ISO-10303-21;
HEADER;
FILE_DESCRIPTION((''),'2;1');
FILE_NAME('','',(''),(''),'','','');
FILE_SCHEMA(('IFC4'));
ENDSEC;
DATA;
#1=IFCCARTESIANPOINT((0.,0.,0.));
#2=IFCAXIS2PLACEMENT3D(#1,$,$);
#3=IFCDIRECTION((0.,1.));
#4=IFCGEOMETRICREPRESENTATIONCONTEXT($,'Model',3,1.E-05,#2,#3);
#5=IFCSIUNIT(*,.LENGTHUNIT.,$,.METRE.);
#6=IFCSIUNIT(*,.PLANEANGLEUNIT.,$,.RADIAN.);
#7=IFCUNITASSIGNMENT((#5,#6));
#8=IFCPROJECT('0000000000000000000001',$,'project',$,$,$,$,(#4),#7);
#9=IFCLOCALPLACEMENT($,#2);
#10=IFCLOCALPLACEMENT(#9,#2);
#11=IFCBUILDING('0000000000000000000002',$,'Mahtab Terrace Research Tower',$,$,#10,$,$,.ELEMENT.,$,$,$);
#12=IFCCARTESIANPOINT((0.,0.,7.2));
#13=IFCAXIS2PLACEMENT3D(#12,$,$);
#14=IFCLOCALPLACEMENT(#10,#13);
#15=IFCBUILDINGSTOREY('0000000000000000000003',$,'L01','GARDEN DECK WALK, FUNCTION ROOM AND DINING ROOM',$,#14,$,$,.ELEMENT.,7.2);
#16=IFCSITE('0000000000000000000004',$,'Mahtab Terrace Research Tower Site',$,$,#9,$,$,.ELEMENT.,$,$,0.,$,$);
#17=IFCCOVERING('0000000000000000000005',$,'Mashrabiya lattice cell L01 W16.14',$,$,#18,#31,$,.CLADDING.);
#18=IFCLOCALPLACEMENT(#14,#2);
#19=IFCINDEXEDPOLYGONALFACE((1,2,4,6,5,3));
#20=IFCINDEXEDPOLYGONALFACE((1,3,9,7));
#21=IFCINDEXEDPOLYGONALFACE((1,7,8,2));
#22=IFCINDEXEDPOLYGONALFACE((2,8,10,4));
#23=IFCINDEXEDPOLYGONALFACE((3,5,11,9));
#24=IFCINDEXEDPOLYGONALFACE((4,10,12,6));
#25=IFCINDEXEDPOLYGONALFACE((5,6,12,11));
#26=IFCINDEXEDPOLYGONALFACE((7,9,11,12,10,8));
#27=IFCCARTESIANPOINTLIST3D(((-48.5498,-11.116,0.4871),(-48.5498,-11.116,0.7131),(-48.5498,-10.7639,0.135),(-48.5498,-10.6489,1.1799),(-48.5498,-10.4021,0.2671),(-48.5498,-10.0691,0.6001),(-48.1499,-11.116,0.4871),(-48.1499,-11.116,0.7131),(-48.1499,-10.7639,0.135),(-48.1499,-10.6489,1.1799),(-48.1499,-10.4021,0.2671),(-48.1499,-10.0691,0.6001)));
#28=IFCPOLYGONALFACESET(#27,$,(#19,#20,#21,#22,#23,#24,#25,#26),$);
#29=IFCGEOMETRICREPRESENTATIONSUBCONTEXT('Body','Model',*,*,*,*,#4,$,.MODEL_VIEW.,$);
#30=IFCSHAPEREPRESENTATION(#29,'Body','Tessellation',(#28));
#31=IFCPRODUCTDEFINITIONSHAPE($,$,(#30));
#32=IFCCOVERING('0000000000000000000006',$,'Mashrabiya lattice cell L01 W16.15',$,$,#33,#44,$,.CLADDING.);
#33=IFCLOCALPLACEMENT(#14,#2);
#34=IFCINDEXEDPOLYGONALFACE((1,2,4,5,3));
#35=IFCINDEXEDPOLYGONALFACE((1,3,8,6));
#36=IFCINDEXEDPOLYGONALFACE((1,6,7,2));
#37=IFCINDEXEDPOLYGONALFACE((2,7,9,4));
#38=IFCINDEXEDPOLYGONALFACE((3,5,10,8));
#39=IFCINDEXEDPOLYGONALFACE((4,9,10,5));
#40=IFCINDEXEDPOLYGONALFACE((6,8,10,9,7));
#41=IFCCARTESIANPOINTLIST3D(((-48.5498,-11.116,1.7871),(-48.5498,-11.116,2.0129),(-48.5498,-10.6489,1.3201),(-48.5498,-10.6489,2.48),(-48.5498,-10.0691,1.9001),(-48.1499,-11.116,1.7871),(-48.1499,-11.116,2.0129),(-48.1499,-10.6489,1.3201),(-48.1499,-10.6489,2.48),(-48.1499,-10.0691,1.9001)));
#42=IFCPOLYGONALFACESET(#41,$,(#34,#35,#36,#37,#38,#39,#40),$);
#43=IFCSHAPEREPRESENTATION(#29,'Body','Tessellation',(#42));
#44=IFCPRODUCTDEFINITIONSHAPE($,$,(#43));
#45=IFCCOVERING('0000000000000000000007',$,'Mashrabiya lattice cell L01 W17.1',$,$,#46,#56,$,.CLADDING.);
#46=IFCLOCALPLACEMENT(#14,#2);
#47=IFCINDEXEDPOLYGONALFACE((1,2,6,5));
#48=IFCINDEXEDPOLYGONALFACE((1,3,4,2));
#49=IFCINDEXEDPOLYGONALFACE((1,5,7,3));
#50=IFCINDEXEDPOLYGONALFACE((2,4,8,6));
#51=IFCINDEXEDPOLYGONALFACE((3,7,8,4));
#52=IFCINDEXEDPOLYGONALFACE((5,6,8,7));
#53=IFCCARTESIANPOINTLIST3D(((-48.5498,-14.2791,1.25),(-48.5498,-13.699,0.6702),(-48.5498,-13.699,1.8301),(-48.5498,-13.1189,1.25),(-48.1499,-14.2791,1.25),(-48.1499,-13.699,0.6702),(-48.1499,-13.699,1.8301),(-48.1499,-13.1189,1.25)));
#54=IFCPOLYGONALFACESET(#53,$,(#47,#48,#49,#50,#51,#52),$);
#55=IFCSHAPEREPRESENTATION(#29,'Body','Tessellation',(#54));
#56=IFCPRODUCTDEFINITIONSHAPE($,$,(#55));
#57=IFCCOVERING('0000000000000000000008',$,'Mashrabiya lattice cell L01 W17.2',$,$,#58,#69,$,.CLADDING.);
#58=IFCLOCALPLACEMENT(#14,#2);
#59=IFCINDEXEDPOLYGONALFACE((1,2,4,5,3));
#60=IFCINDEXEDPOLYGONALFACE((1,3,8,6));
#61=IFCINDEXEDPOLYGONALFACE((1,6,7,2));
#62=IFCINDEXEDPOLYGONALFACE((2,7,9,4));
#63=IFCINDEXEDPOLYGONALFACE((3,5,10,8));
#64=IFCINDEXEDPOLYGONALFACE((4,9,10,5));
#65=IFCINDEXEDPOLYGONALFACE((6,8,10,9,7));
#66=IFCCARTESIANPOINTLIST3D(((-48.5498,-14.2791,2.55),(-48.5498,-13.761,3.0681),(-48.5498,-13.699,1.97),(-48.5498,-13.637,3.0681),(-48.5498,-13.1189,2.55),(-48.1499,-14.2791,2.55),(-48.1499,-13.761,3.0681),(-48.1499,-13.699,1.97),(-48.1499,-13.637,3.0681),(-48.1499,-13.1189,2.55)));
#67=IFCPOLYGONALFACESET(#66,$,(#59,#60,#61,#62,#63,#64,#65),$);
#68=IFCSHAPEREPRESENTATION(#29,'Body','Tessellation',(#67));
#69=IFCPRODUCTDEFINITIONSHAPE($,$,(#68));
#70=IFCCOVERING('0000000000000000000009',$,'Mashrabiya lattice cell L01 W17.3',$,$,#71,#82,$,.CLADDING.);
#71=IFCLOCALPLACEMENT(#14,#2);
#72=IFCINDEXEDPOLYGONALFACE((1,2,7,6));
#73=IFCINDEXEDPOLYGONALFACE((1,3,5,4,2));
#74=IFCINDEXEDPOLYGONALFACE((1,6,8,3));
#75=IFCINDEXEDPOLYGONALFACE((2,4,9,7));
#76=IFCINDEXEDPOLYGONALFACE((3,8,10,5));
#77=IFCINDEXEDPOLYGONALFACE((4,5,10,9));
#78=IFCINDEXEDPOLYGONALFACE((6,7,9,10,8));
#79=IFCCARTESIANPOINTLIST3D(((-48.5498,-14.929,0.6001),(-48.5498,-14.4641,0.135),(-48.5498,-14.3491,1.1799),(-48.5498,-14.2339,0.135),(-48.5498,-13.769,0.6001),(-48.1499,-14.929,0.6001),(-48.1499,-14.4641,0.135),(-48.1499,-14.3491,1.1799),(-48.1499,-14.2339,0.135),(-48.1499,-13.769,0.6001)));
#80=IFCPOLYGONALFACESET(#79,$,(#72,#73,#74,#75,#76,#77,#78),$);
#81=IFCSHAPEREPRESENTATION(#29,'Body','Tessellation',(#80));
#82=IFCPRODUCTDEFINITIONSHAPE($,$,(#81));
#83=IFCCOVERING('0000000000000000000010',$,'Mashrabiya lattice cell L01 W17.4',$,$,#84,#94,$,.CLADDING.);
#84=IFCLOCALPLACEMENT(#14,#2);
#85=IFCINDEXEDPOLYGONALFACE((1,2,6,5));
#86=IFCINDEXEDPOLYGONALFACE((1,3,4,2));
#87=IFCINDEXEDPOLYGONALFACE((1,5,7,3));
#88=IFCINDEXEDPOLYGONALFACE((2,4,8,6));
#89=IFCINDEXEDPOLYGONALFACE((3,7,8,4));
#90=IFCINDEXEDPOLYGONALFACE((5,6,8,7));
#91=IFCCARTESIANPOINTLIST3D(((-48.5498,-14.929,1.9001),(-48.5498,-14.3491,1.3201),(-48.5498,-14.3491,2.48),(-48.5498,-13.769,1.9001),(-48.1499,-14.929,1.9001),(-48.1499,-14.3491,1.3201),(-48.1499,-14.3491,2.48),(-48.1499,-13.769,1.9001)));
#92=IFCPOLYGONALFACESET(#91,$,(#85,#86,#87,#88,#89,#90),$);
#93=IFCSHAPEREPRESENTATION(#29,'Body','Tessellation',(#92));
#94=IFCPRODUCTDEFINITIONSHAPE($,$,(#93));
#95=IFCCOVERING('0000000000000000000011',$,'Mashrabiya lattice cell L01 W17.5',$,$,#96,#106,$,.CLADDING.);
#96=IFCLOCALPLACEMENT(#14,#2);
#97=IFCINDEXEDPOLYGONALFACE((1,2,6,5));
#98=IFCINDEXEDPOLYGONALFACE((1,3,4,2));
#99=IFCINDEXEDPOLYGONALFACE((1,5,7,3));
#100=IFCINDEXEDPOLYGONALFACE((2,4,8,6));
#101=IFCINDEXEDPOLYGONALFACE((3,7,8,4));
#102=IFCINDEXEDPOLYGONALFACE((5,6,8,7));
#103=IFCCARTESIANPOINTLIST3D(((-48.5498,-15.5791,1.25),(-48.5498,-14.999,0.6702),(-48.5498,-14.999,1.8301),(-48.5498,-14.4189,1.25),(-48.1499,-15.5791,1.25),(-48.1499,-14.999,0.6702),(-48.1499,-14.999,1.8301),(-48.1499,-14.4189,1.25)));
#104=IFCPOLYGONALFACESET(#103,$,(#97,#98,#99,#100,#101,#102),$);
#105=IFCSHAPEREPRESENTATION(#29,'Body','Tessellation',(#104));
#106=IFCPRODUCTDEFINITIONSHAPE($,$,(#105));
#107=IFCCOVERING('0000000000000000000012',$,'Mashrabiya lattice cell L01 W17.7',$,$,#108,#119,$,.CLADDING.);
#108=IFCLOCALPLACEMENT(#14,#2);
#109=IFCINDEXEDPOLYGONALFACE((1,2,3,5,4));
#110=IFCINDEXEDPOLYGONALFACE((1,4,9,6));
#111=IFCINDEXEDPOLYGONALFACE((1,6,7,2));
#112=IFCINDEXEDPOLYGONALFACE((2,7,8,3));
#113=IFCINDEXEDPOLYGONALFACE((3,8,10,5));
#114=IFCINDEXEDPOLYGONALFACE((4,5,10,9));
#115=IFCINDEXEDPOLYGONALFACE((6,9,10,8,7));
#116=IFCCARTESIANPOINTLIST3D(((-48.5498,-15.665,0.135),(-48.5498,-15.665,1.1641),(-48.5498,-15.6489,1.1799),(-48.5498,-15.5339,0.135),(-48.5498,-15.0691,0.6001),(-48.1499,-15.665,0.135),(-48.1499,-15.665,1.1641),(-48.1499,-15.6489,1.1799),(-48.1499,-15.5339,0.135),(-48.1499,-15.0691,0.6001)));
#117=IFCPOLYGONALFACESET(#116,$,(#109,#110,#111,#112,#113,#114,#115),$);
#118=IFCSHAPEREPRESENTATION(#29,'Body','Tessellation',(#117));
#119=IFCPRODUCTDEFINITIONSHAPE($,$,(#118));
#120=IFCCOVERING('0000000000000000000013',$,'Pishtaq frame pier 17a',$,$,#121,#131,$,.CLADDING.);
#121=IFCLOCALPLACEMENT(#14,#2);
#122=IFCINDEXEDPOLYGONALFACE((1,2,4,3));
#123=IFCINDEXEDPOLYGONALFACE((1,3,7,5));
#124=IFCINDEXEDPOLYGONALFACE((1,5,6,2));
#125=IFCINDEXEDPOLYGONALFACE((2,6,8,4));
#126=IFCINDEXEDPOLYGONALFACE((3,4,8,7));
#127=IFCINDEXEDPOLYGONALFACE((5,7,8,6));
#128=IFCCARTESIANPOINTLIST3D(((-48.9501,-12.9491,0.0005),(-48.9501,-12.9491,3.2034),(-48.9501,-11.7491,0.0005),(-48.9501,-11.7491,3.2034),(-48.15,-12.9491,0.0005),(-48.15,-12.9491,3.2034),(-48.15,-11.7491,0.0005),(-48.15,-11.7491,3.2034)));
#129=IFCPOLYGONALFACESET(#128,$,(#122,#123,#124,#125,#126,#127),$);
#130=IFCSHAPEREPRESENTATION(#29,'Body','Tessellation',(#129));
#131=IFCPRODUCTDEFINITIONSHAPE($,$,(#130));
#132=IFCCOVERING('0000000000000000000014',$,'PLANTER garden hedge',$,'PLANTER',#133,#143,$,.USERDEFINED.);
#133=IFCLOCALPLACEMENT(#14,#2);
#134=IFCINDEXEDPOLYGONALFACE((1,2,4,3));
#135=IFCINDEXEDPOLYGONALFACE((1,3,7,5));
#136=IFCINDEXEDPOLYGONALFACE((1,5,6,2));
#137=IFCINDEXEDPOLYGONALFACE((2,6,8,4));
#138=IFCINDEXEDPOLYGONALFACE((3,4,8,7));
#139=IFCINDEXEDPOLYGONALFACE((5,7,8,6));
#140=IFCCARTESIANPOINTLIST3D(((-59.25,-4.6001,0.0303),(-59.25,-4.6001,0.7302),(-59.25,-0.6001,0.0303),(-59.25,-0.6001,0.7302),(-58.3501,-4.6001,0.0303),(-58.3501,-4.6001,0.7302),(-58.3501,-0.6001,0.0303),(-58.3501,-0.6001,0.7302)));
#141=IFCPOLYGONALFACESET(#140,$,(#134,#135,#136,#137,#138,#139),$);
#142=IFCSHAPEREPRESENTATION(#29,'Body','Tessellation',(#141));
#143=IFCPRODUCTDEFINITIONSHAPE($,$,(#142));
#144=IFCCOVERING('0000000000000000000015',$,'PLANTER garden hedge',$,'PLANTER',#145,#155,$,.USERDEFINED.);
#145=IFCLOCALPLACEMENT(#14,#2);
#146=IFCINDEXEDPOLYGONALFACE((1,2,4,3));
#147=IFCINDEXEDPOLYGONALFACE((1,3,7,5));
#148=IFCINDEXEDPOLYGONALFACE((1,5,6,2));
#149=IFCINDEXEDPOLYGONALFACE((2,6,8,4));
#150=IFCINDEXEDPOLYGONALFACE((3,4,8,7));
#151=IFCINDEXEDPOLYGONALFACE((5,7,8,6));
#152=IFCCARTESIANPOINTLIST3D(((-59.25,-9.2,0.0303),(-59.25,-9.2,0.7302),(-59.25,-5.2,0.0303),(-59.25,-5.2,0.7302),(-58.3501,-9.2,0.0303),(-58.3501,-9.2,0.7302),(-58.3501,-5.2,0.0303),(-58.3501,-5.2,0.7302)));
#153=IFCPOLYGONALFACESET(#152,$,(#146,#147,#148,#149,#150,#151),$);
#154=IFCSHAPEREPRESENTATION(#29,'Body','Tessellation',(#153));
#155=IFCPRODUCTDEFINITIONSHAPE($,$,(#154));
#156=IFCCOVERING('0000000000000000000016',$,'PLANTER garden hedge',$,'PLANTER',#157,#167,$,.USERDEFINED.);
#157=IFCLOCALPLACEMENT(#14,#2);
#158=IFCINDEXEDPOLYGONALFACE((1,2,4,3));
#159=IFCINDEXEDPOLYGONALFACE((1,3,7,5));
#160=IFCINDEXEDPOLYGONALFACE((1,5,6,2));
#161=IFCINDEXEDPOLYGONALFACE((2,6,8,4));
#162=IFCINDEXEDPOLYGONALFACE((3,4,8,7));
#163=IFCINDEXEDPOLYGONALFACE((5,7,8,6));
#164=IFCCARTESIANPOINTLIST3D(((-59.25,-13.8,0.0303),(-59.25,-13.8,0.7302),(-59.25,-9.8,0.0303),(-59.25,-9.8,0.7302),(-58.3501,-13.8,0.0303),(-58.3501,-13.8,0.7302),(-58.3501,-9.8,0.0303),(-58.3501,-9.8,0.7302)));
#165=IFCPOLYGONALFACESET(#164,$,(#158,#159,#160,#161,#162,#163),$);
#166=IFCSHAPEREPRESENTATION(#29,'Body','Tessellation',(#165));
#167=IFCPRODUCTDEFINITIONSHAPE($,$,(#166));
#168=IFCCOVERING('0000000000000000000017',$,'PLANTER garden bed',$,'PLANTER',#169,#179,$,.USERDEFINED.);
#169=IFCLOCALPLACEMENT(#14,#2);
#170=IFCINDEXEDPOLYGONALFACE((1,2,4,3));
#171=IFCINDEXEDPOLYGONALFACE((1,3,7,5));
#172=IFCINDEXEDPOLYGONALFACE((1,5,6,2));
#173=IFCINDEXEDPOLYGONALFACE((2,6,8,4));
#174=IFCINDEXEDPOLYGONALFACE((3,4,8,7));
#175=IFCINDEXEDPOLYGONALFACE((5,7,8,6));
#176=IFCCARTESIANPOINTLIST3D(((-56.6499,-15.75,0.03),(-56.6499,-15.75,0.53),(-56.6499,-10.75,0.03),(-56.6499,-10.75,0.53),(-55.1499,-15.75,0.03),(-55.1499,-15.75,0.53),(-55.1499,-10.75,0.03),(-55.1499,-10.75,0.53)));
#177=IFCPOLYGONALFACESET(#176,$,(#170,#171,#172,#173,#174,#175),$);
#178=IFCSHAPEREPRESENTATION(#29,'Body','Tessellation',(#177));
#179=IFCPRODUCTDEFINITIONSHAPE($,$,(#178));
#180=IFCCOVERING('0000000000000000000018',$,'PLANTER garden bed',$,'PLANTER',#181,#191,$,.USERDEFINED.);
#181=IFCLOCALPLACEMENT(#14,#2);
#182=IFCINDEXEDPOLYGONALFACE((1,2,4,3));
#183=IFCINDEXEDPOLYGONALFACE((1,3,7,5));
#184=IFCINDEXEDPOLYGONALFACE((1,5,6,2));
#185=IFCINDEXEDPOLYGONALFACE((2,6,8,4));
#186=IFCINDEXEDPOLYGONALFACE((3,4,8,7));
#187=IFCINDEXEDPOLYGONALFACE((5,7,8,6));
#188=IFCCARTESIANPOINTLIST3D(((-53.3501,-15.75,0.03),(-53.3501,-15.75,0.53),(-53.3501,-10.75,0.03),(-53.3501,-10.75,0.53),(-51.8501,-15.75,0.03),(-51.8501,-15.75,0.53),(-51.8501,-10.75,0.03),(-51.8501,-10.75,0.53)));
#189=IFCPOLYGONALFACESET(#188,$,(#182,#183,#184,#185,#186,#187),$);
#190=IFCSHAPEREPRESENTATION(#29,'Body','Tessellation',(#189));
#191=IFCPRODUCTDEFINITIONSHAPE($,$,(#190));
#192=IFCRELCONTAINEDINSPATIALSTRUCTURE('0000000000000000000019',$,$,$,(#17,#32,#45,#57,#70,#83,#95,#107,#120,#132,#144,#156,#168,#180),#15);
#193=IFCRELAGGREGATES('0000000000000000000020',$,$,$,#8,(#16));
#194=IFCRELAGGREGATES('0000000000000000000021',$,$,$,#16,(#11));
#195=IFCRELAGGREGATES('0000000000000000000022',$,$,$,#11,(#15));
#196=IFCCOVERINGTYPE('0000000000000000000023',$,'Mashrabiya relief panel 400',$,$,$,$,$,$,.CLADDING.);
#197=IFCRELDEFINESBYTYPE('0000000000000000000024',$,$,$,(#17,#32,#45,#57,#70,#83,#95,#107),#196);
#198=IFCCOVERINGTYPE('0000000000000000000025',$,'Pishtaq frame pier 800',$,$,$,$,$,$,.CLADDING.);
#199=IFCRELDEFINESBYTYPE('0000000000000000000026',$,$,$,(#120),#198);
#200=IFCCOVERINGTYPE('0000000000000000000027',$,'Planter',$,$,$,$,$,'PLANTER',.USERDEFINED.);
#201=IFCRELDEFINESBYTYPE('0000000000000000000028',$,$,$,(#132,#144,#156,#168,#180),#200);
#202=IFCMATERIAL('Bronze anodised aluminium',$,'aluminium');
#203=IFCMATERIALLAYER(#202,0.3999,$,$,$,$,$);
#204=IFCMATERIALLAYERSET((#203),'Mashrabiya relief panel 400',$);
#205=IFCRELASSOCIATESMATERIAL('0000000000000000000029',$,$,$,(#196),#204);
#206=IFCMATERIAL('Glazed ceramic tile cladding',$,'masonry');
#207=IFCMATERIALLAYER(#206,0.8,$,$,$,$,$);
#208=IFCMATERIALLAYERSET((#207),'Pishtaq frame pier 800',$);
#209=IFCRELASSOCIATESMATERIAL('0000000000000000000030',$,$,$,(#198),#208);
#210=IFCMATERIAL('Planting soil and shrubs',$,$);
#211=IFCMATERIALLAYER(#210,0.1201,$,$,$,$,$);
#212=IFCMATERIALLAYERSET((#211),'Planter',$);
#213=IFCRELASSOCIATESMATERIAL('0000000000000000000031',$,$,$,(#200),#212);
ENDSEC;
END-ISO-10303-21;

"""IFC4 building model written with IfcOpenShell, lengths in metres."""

from ifc_helpers import new_model, si_unit, direction, frame, origin, origin_2d, place, context, subcontext, project, spatial, polyline, rectangle, outline, extrude, material, layer, layer_set, type_object, element, save


model = new_model("IFC4")

# Units and contexts
model_context = context("Model", 3, precision=1e-05, world=origin(), true_north=direction((0.0, 1.0)))
body_context = subcontext(model_context, "Body", "Model", "MODEL_VIEW")
ifc_project = project(units=[si_unit("LENGTHUNIT", "METRE"), si_unit("PLANEANGLEUNIT", "RADIAN")], contexts=[model_context])

# Site, building, storey
site_placement = place(None, origin())
site = spatial("IfcSite", under=ifc_project, at=site_placement, Name="Mahtab Terrace Research Tower Site", CompositionType="ELEMENT", RefElevation=0.0)
building_placement = place(site_placement, origin())
building = spatial("IfcBuilding", under=site, at=building_placement, Name="Mahtab Terrace Research Tower", CompositionType="ELEMENT")
storey_placement = place(building_placement, frame((0.0, 0.0, 7.2)))
storey = spatial("IfcBuildingStorey", under=building, at=storey_placement, Name="L01", Description="GARDEN DECK WALK, FUNCTION ROOM AND DINING ROOM", CompositionType="ELEMENT", Elevation=7.2)

# Coverings
ifc_material_1 = material(Name="Bronze anodised aluminium", Category="aluminium")
ifc_layer_1 = layer(ifc_material_1, 0.3999)
ifc_layer_set_1 = layer_set([ifc_layer_1], Name="Mashrabiya relief panel 400")
covering_type_1 = type_object("IfcCoveringType", Name="Mashrabiya relief panel 400", PredefinedType="CLADDING", material=ifc_layer_set_1)
covering_1_placement = place(storey_placement, frame((-48.1499, -10.0691, 0.6001), z_axis=(1.0, 0.0, 0.0), x_axis=(0.0, -0.707107, 0.707107)))
element("IfcCovering", 1, at=covering_1_placement, inside=storey, type_object=covering_type_1, Name="Mashrabiya lattice cell L01 W16.14", PredefinedType="CLADDING", context=body_context, shape_type="SweptSolid", body=[
    extrude(outline(polyline([(0.0, 0.0), (0.82, 0.0), (0.8202, 0.6603), (0.6603, 0.8202), (0.1624, 0.8202), (0.0, 0.4709), (0.0, 0.0)])), origin(), (0.0, 0.0, -1.0), 0.3999),
])
covering_2_placement = place(storey_placement, frame((-48.1499, -10.6489, 1.3201), z_axis=(1.0, 0.0, 0.0), x_axis=(0.0, 0.706958, 0.707256)))
element("IfcCovering", 2, at=covering_2_placement, inside=storey, type_object=covering_type_1, Name="Mashrabiya lattice cell L01 W16.15", PredefinedType="CLADDING", context=body_context, shape_type="SweptSolid", body=[
    extrude(outline(polyline([(0.0, 0.0), (0.8202, 0.0), (0.8204, 0.82), (0.1599, 0.8201), (0.0001, 0.6605), (0.0, 0.0)])), origin(), (0.0, 0.0, -1.0), 0.3999),
])
covering_3_placement = place(storey_placement, frame((-48.1499, -13.699, 1.8301), z_axis=(1.0, 0.0, 0.0), x_axis=(0.0, -0.707107, -0.707107)))
element("IfcCovering", 3, at=covering_3_placement, inside=storey, type_object=covering_type_1, Name="Mashrabiya lattice cell L01 W17.1", PredefinedType="CLADDING", context=body_context, shape_type="SweptSolid", body=[
    extrude(outline(polyline([(0.0, 0.0), (0.8204, 0.0), (0.8202, 0.8202), (0.0, 0.8204), (0.0, 0.0)])), origin(), (0.0, 0.0, -1.0), 0.3999),
])
covering_4_placement = place(storey_placement, frame((-48.1499, -14.2791, 2.55), z_axis=(1.0, 0.0, 0.0), x_axis=(0.0, 0.707107, -0.707107)))
element("IfcCovering", 4, at=covering_4_placement, inside=storey, type_object=covering_type_1, Name="Mashrabiya lattice cell L01 W17.2", PredefinedType="CLADDING", context=body_context, shape_type="SweptSolid", body=[
    extrude(outline(polyline([(0.0, 0.0), (0.8204, 0.0), (0.8204, 0.8204), (0.0877, 0.8204), (0.0, 0.7327), (0.0, 0.0)])), origin(), (0.0, 0.0, -1.0), 0.3999),
])
covering_5_placement = place(storey_placement, frame((-48.1499, -13.769, 0.6001), z_axis=(1.0, 0.0, 0.0), x_axis=(0.0, -0.707256, 0.706958)))
element("IfcCovering", 5, at=covering_5_placement, inside=storey, type_object=covering_type_1, Name="Mashrabiya lattice cell L01 W17.3", PredefinedType="CLADDING", context=body_context, shape_type="SweptSolid", body=[
    extrude(outline(polyline([(0.0, 0.0), (0.8202, 0.0), (0.8204, 0.82), (0.1628, 0.8203), (0.0, 0.6576), (0.0, 0.0)])), origin(), (0.0, 0.0, -1.0), 0.3999),
])
covering_6_placement = place(storey_placement, frame((-48.1499, -14.3491, 2.48), z_axis=(1.0, 0.0, 0.0), x_axis=(0.0, -0.707107, -0.707107)))
element("IfcCovering", 6, at=covering_6_placement, inside=storey, type_object=covering_type_1, Name="Mashrabiya lattice cell L01 W17.4", PredefinedType="CLADDING", context=body_context, shape_type="SweptSolid", body=[
    extrude(outline(polyline([(0.0, 0.0), (0.82, 0.0), (0.8202, 0.8202), (-0.0002, 0.8202), (0.0, 0.0)])), origin(), (0.0, 0.0, -1.0), 0.3999),
])
covering_7_placement = place(storey_placement, frame((-48.1499, -14.999, 1.8301), z_axis=(1.0, 0.0, 0.0), x_axis=(0.0, -0.707107, -0.707107)))
element("IfcCovering", 7, at=covering_7_placement, inside=storey, type_object=covering_type_1, Name="Mashrabiya lattice cell L01 W17.5", PredefinedType="CLADDING", context=body_context, shape_type="SweptSolid", body=[
    extrude(outline(polyline([(0.0, 0.0), (0.8204, 0.0), (0.8202, 0.8202), (0.0, 0.8204), (0.0, 0.0)])), origin(), (0.0, 0.0, -1.0), 0.3999),
])
covering_8_placement = place(storey_placement, frame((-48.1499, -15.0691, 0.6001), z_axis=(1.0, 0.0, 0.0), x_axis=(0.0, -0.707107, 0.707107)))
element("IfcCovering", 8, at=covering_8_placement, inside=storey, type_object=covering_type_1, Name="Mashrabiya lattice cell L01 W17.7", PredefinedType="CLADDING", context=body_context, shape_type="SweptSolid", body=[
    extrude(outline(polyline([(0.0, 0.0), (0.82, 0.0), (0.8202, 0.0226), (0.0925, 0.7503), (-0.0002, 0.6576), (0.0, 0.0)])), origin(), (0.0, 0.0, -1.0), 0.3999),
])
ifc_material_2 = material(Name="Glazed ceramic tile cladding", Category="masonry")
ifc_layer_2 = layer(ifc_material_2, 0.8)
ifc_layer_set_2 = layer_set([ifc_layer_2], Name="Pishtaq frame pier 800")
covering_type_2 = type_object("IfcCoveringType", Name="Pishtaq frame pier 800", PredefinedType="CLADDING", material=ifc_layer_set_2)
covering_9_placement = place(storey_placement, frame((-48.55, -12.3491, 0.0005), z_axis=(0.0, 0.0, 1.0), x_axis=(0.0, -1.0, 0.0)))
element("IfcCovering", 9, at=covering_9_placement, inside=storey, type_object=covering_type_2, Name="Pishtaq frame pier 17a", PredefinedType="CLADDING", context=body_context, shape_type="SweptSolid", body=[
    extrude(rectangle(XDim=1.2, YDim=0.8, at=origin_2d()), origin(), (0.0, 0.0, 1.0), 3.2029),
])
ifc_material_3 = material(Name="Planting soil and shrubs")
ifc_layer_3 = layer(ifc_material_3, 0.1201)
ifc_layer_set_3 = layer_set([ifc_layer_3], Name="Planter")
covering_type_3 = type_object("IfcCoveringType", Name="Planter", ElementType="PLANTER", PredefinedType="USERDEFINED", material=ifc_layer_set_3)
for number, where, z_axis, x_axis, name in (
    (10, (-58.8, -2.6001, 0.0303), (0.0, 0.0, 1.0), (0.0, -1.0, 0.0), "PLANTER garden hedge"),
    (11, (-58.8, -7.2, 0.0303), (0.0, 0.0, 1.0), (0.0, -1.0, 0.0), "PLANTER garden hedge"),
    (12, (-58.8, -11.8, 0.0303), (0.0, 0.0, 1.0), (0.0, -1.0, 0.0), "PLANTER garden hedge"),
):
    element("IfcCovering", number, at=place(storey_placement, frame(where, z_axis=z_axis, x_axis=x_axis)), inside=storey, type_object=covering_type_3, Name=name, ObjectType="PLANTER", PredefinedType="USERDEFINED", context=body_context, shape_type="SweptSolid", body=[
        extrude(rectangle(XDim=4.0, YDim=0.8999, at=origin_2d()), origin(), (0.0, 0.0, 1.0), 0.7),
    ])
for number, where, z_axis, x_axis, name in (
    (13, (-55.8999, -13.25, 0.03), (0.0, 0.0, 1.0), (1.0, 0.0, 0.0), "PLANTER garden bed"),
    (14, (-52.6001, -13.25, 0.03), (0.0, 0.0, 1.0), (1.0, 0.0, 0.0), "PLANTER garden bed"),
):
    element("IfcCovering", number, at=place(storey_placement, frame(where, z_axis=z_axis, x_axis=x_axis)), inside=storey, type_object=covering_type_3, Name=name, ObjectType="PLANTER", PredefinedType="USERDEFINED", context=body_context, shape_type="SweptSolid", body=[
        extrude(rectangle(XDim=1.5, YDim=5.0, at=origin_2d()), origin(), (0.0, 0.0, 1.0), 0.5),
    ])

save(model, "model.ifc")
